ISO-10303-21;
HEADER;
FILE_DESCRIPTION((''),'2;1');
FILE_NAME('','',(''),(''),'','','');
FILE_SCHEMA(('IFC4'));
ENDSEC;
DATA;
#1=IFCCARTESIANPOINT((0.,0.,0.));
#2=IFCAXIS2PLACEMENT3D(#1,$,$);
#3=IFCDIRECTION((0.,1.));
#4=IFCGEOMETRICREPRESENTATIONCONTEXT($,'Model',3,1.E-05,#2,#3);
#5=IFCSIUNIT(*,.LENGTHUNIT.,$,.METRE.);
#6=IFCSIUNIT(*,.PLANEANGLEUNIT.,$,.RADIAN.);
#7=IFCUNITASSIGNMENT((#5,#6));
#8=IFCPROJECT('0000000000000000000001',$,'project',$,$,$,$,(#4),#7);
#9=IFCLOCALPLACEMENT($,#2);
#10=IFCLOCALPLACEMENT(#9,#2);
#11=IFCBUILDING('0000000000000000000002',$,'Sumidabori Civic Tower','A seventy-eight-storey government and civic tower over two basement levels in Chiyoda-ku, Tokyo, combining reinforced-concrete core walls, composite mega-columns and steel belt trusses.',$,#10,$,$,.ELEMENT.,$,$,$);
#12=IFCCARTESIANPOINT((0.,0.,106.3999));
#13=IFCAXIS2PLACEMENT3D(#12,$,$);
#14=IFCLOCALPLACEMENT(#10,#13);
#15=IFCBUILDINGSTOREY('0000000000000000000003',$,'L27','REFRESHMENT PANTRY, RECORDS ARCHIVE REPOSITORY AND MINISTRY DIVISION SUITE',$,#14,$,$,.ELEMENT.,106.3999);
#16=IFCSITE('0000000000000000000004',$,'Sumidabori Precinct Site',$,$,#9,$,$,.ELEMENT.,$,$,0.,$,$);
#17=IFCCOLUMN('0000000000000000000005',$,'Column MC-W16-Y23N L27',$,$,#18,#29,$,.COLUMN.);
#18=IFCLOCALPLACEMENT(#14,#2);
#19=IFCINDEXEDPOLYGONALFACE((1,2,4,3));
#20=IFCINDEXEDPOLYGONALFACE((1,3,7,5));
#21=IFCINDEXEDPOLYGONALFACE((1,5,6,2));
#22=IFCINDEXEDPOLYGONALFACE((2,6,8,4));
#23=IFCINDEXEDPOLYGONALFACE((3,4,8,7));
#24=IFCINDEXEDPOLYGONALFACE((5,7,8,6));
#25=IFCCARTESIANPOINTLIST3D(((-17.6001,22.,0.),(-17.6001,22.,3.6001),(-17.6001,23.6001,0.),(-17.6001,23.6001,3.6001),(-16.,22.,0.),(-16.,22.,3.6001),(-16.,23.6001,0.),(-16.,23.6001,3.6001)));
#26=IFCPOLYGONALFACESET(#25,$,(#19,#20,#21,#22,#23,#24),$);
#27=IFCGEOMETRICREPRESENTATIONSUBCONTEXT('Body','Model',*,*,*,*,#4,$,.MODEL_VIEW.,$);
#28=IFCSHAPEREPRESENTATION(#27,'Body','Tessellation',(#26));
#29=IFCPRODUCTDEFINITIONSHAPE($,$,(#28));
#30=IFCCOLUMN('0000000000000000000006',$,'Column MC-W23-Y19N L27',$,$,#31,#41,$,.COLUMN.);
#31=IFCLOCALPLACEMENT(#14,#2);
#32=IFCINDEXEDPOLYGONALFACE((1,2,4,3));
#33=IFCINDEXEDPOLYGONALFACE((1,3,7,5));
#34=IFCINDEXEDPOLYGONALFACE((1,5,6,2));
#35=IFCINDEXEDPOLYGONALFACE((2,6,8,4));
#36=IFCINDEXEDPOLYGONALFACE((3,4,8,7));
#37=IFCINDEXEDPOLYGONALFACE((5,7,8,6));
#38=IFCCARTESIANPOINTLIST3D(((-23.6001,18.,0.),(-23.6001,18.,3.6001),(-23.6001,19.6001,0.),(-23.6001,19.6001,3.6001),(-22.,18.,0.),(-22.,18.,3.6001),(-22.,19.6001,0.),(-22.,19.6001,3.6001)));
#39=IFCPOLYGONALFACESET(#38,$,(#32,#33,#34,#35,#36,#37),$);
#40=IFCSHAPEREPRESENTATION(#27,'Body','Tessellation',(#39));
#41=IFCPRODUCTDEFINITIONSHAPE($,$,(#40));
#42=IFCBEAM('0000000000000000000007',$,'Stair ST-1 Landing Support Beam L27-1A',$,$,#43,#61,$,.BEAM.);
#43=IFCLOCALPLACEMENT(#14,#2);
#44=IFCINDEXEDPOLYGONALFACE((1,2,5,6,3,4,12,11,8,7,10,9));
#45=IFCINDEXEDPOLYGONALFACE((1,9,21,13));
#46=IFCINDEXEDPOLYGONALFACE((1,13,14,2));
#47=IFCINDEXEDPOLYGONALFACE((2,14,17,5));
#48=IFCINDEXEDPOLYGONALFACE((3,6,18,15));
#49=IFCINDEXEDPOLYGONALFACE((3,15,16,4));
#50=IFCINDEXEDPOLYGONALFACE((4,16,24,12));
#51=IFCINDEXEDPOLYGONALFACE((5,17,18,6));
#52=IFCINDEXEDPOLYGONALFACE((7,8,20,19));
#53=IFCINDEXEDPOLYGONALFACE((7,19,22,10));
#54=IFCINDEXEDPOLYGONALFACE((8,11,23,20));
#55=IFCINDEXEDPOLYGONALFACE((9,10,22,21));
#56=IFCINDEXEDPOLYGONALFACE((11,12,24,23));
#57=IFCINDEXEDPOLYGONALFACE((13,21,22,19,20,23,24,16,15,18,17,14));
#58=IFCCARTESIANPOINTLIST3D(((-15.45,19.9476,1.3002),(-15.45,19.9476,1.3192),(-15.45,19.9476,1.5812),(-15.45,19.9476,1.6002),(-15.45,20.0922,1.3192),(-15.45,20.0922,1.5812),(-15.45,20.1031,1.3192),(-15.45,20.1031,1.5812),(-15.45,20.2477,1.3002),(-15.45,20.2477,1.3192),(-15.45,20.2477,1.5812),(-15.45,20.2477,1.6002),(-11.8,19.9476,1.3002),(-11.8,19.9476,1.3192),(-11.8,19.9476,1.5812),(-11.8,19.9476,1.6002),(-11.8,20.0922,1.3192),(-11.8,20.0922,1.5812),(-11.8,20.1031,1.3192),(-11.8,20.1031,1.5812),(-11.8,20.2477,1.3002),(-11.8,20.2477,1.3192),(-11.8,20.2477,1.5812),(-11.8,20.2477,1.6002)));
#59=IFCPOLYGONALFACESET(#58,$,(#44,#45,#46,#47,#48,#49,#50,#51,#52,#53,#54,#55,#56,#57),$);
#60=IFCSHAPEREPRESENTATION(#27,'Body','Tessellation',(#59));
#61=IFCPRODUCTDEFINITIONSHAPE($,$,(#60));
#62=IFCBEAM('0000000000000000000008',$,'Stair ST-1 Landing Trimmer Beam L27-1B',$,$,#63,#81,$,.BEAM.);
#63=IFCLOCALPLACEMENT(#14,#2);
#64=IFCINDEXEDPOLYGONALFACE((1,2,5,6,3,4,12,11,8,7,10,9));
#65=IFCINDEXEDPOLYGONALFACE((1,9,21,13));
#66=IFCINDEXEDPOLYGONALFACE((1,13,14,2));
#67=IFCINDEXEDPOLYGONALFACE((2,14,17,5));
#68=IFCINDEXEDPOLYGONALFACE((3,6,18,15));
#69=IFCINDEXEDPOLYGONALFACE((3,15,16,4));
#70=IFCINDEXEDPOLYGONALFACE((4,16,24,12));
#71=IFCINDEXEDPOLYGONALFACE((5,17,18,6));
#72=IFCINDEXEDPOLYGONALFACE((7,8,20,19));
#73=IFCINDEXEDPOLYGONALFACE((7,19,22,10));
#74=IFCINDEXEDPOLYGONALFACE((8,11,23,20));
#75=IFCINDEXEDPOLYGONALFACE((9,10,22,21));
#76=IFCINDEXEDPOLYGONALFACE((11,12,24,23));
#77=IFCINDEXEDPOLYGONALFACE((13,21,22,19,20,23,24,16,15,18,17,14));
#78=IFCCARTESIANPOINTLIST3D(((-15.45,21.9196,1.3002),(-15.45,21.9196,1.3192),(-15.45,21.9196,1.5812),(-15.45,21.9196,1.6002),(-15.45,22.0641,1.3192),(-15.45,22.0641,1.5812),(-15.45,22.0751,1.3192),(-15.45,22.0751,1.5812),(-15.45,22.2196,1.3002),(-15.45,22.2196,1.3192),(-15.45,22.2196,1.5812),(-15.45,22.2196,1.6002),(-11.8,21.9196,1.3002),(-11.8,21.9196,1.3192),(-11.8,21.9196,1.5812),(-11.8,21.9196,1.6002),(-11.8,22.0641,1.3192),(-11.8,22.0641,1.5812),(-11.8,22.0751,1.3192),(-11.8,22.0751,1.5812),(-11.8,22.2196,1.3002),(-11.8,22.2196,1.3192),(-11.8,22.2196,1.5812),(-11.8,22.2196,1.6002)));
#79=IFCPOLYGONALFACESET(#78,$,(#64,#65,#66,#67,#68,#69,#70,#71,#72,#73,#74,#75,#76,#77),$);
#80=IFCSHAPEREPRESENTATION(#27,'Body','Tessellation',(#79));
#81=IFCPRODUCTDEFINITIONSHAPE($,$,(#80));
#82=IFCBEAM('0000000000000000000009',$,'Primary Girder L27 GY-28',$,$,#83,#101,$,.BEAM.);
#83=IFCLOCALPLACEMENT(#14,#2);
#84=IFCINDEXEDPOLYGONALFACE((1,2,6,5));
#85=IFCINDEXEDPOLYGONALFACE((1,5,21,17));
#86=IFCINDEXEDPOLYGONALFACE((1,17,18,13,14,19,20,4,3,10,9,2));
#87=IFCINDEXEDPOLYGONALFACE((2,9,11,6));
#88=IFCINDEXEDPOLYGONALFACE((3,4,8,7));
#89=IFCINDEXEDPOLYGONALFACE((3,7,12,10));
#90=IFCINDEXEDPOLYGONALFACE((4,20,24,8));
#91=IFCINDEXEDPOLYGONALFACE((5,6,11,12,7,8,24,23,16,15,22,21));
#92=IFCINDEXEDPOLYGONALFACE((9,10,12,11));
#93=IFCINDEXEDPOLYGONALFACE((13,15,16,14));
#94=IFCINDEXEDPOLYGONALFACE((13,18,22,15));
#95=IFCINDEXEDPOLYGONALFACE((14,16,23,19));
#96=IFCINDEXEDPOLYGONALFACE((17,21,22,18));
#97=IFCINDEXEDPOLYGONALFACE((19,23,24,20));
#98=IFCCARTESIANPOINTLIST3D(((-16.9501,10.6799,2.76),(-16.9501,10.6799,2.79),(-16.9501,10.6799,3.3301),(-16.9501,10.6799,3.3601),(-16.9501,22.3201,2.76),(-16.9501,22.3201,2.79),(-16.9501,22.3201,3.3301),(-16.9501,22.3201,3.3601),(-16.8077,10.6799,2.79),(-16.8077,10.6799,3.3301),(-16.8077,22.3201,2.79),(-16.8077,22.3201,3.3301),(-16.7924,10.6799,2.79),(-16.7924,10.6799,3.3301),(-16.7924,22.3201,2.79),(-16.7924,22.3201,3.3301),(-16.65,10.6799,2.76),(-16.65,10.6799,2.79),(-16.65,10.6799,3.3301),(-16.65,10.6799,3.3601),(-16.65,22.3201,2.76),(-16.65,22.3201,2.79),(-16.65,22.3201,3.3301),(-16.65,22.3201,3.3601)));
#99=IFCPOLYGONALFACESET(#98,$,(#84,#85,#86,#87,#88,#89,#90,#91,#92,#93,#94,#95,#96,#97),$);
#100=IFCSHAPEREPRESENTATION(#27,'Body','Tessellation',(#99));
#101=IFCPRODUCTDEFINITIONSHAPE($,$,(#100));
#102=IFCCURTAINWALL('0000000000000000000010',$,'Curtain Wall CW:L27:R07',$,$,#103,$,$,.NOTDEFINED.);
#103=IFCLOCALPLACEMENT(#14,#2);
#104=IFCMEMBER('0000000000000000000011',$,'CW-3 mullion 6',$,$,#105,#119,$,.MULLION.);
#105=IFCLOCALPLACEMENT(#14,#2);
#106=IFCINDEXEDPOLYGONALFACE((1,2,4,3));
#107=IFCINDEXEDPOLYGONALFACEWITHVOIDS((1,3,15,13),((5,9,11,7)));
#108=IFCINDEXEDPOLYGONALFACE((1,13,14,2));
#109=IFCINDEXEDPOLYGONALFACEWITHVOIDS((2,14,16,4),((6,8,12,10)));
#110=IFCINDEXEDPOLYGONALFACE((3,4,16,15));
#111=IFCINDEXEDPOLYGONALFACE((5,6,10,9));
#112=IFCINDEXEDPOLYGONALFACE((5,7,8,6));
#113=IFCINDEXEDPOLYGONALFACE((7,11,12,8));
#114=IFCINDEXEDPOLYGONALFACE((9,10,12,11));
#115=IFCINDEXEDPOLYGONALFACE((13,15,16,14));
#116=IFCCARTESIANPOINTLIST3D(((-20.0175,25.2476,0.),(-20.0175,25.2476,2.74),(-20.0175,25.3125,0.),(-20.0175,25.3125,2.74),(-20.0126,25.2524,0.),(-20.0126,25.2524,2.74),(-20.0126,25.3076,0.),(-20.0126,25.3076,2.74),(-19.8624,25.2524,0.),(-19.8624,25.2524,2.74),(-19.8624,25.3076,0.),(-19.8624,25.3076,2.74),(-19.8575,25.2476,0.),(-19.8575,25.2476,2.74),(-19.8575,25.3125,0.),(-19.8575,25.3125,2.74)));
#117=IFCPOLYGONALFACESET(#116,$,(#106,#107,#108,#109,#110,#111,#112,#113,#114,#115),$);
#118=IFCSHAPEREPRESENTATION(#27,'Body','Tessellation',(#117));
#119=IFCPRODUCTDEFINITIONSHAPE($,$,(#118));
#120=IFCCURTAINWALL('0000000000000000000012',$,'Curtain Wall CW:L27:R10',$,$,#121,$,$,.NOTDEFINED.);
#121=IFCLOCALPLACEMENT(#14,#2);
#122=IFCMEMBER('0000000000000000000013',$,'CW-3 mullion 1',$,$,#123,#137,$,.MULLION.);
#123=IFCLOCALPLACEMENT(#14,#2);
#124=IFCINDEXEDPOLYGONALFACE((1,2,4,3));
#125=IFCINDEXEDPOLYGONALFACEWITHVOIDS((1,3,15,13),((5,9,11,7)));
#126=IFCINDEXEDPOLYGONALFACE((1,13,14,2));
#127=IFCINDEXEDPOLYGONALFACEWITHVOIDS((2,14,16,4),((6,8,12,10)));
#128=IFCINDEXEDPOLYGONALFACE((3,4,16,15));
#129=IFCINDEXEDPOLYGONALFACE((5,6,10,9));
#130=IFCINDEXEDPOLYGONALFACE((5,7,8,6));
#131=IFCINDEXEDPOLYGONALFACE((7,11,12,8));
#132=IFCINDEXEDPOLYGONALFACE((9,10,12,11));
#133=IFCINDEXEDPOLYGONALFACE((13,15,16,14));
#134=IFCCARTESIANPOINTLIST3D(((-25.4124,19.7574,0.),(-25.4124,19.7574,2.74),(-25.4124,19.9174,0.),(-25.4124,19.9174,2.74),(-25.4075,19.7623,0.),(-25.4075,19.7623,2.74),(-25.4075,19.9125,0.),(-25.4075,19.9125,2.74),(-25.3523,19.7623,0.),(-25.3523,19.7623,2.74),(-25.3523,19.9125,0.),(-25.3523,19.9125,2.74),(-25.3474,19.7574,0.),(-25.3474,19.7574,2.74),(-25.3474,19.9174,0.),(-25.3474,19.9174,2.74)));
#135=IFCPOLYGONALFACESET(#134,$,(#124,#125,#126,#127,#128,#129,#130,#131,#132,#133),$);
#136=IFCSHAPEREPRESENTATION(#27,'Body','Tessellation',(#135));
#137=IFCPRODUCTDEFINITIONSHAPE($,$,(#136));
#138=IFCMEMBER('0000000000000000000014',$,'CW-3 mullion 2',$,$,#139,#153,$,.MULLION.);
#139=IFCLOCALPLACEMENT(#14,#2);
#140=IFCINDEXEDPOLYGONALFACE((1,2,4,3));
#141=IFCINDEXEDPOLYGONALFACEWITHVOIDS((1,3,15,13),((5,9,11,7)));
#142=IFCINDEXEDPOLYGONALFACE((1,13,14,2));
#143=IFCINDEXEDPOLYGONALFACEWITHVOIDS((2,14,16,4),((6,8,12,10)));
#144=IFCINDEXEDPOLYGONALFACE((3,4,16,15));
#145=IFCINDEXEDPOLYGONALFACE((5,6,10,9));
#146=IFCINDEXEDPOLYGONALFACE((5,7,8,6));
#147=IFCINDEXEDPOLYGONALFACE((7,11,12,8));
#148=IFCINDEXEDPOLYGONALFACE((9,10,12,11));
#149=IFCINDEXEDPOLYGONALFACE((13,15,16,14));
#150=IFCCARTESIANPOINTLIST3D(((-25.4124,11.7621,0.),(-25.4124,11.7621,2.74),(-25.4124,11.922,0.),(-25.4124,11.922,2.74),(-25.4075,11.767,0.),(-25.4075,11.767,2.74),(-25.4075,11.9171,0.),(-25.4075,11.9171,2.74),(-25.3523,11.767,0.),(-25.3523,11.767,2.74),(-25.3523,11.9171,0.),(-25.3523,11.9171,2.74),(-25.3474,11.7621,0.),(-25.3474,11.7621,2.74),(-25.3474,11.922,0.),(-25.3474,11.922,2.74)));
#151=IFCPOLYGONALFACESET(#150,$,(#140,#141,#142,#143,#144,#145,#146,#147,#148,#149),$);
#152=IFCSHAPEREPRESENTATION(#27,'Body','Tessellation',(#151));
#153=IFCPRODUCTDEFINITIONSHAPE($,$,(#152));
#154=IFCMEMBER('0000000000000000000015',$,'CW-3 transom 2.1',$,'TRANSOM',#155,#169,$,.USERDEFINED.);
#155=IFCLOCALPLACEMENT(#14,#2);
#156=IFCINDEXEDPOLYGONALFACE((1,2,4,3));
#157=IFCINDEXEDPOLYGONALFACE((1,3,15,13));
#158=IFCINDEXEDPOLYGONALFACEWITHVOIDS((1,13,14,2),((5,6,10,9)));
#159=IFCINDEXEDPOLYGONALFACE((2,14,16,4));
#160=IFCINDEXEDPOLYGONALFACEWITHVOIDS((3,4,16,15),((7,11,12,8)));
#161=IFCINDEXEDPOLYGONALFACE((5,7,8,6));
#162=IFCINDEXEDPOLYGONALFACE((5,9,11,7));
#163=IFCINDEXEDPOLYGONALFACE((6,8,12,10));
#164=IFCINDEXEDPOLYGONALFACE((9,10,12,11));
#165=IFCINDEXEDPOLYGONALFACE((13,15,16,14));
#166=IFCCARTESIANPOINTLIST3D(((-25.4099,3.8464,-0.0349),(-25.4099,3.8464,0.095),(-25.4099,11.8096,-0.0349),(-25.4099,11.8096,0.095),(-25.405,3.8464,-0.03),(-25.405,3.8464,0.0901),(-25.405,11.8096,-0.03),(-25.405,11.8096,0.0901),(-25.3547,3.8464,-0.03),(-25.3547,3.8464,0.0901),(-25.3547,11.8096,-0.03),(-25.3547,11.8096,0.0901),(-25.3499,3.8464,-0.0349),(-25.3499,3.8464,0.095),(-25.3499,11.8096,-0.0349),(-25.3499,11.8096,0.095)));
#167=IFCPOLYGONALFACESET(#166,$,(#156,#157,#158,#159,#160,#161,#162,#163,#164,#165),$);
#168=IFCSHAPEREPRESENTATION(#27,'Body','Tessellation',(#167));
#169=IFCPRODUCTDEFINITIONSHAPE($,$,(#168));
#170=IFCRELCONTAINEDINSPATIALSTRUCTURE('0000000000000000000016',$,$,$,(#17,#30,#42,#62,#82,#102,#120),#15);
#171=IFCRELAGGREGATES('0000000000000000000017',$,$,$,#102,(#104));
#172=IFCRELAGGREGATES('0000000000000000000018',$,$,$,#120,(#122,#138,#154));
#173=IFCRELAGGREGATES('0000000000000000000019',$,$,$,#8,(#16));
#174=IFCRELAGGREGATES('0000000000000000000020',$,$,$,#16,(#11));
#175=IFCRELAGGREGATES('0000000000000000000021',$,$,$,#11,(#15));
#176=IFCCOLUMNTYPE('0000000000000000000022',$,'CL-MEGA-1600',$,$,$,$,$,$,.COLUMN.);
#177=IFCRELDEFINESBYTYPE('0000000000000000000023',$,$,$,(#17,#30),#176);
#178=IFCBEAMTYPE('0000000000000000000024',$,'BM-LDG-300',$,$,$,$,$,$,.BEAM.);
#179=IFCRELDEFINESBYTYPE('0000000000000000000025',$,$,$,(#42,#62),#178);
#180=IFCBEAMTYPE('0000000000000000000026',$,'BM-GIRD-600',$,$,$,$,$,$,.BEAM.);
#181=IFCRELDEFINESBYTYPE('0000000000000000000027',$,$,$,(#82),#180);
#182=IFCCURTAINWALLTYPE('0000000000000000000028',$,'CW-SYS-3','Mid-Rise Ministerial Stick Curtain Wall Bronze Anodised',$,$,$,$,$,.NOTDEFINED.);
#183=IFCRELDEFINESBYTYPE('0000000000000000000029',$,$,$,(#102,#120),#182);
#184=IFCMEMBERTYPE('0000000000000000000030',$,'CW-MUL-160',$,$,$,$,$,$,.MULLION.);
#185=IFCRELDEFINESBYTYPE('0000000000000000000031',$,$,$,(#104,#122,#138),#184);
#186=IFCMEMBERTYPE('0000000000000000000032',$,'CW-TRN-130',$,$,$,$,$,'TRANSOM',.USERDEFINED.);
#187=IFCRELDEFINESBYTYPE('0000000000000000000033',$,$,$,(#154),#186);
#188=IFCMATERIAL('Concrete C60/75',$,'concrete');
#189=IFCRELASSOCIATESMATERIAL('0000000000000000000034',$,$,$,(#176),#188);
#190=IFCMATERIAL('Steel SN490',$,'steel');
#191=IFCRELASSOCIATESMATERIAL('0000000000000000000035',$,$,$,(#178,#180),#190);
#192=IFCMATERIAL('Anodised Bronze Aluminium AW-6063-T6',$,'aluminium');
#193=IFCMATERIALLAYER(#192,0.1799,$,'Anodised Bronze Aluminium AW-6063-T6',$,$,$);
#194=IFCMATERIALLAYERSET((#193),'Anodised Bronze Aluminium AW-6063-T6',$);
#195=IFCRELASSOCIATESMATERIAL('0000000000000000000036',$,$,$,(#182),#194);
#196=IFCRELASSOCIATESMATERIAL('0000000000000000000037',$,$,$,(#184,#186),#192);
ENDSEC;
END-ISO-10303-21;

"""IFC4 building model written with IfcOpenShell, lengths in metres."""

from ifc_helpers import new_model, si_unit, direction, frame, origin, origin_2d, place, context, subcontext, project, spatial, rectangle, hollow_rectangle, i_section, extrude, source, transform, mapped, material, layer, layer_set, material_profile, profile_set, type_object, element, aggregate, save


model = new_model("IFC4")

# Units and contexts
model_context = context("Model", 3, precision=1e-05, world=origin(), true_north=direction((0.0, 1.0)))
body_context = subcontext(model_context, "Body", "Model", "MODEL_VIEW")
ifc_project = project(units=[si_unit("LENGTHUNIT", "METRE"), si_unit("PLANEANGLEUNIT", "RADIAN")], contexts=[model_context])

# Site, building, storey
site_placement = place(None, origin())
site = spatial("IfcSite", under=ifc_project, at=site_placement, Name="Sumidabori Precinct Site", CompositionType="ELEMENT", RefElevation=0.0)
building_placement = place(site_placement, origin())
building = spatial("IfcBuilding", under=site, at=building_placement, Name="Sumidabori Civic Tower", Description="A seventy-eight-storey government and civic tower over two basement levels in Chiyoda-ku, Tokyo, combining reinforced-concrete core walls, composite mega-columns and steel belt trusses.", CompositionType="ELEMENT")
storey_placement = place(building_placement, frame((0.0, 0.0, 106.3999)))
storey = spatial("IfcBuildingStorey", under=building, at=storey_placement, Name="L27", Description="REFRESHMENT PANTRY, RECORDS ARCHIVE REPOSITORY AND MINISTRY DIVISION SUITE", CompositionType="ELEMENT", Elevation=106.3999)

# Columns
ifc_material_1 = material(Name="Concrete C60/75", Category="concrete")
ifc_material_profile_1 = material_profile(ifc_material_1, rectangle(XDim=1.6001, YDim=1.6001, at=origin_2d()), Name="RC 1600x1600")
ifc_profile_set_1 = profile_set([ifc_material_profile_1], Name="Concrete C60/75")
column_type = type_object("IfcColumnType", Name="CL-MEGA-1600", PredefinedType="COLUMN", material=ifc_profile_set_1)
shared_shape_1 = source(origin(), body_context, "Body", "SweptSolid", [
    extrude(rectangle(XDim=1.6001, YDim=1.6001, at=origin_2d()), origin(), (0.0, 0.0, 1.0), 3.6001),
])
for number, where, z_axis, x_axis, name in (
    (1, (-16.8, 22.8, 0.0), (0.0, 0.0, 1.0), (1.0, 0.0, 0.0), "Column MC-W16-Y23N L27"),
    (2, (-22.8, 18.8, 0.0), (0.0, 0.0, 1.0), (1.0, 0.0, 0.0), "Column MC-W23-Y19N L27"),
):
    element("IfcColumn", number, at=place(storey_placement, frame(where, z_axis=z_axis, x_axis=x_axis)), inside=storey, type_object=column_type, Name=name, PredefinedType="COLUMN", context=body_context, shape_type="MappedRepresentation", body=[
        mapped(shared_shape_1, transform((0.0, 0.0, 0.0), x_axis=(1.0, 0.0, 0.0), y_axis=(0.0, 1.0, 0.0), z_axis=(0.0, 0.0, 1.0), scale=1.0)),
    ])

# Beams
ifc_material_2 = material(Name="Steel SN490", Category="steel")
ifc_material_profile_2 = material_profile(ifc_material_2, i_section(OverallWidth=0.3, OverallDepth=0.3, WebThickness=0.011, FlangeThickness=0.019, at=origin_2d()), Name="HE 300 B")
ifc_profile_set_2 = profile_set([ifc_material_profile_2], Name="Steel SN490")
beam_type_1 = type_object("IfcBeamType", Name="BM-LDG-300", PredefinedType="BEAM", material=ifc_profile_set_2)
shared_shape_2 = source(origin(), body_context, "Body", "SweptSolid", [
    extrude(i_section(OverallWidth=0.3, OverallDepth=0.3, WebThickness=0.011, FlangeThickness=0.019, at=origin_2d()), origin(), (0.0, 0.0, 1.0), 3.6499),
])
for number, where, z_axis, x_axis, name in (
    (3, (-15.45, 20.0977, 1.4502), (1.0, 0.0, 0.0), (0.0, 1.0, 0.0), "Stair ST-1 Landing Support Beam L27-1A"),
    (4, (-15.45, 22.0696, 1.4502), (1.0, 0.0, 0.0), (0.0, 1.0, 0.0), "Stair ST-1 Landing Trimmer Beam L27-1B"),
):
    element("IfcBeam", number, at=place(storey_placement, frame(where, z_axis=z_axis, x_axis=x_axis)), inside=storey, type_object=beam_type_1, Name=name, PredefinedType="BEAM", context=body_context, shape_type="MappedRepresentation", body=[
        mapped(shared_shape_2, transform((0.0, 0.0, 0.0), x_axis=(1.0, 0.0, 0.0), y_axis=(0.0, 1.0, 0.0), z_axis=(0.0, 0.0, 1.0), scale=1.0)),
    ])
ifc_material_profile_3 = material_profile(ifc_material_2, i_section(OverallWidth=0.3, OverallDepth=0.6001, WebThickness=0.0154, FlangeThickness=0.03, at=origin_2d()), Name="HE 600 B")
ifc_profile_set_3 = profile_set([ifc_material_profile_3], Name="Steel SN490")
beam_type_2 = type_object("IfcBeamType", Name="BM-GIRD-600", PredefinedType="BEAM", material=ifc_profile_set_3)
shared_shape_3 = source(origin(), body_context, "Body", "SweptSolid", [
    extrude(i_section(OverallWidth=0.3, OverallDepth=0.6001, WebThickness=0.0154, FlangeThickness=0.03, at=origin_2d()), origin(), (0.0, 0.0, 1.0), 11.6401),
])
beam_placement = place(storey_placement, frame((-16.8, 10.6799, 3.0601), z_axis=(0.0, 1.0, 0.0), x_axis=(-1.0, 0.0, 0.0)))
element("IfcBeam", 5, at=beam_placement, inside=storey, type_object=beam_type_2, Name="Primary Girder L27 GY-28", PredefinedType="BEAM", context=body_context, shape_type="MappedRepresentation", body=[
    mapped(shared_shape_3, transform((0.0, 0.0, 0.0), x_axis=(1.0, 0.0, 0.0), y_axis=(0.0, 1.0, 0.0), z_axis=(0.0, 0.0, 1.0), scale=1.0)),
])

# Curtain wall, member
ifc_material_3 = material(Name="Anodised Bronze Aluminium AW-6063-T6", Category="aluminium")
ifc_layer_1 = layer(ifc_material_3, 0.1799, Name="Anodised Bronze Aluminium AW-6063-T6")
ifc_layer_set_1 = layer_set([ifc_layer_1], Name="Anodised Bronze Aluminium AW-6063-T6")
curtain_wall_type = type_object("IfcCurtainWallType", Name="CW-SYS-3", Description="Mid-Rise Ministerial Stick Curtain Wall Bronze Anodised", PredefinedType="NOTDEFINED", material=ifc_layer_set_1)
curtain_wall_1_placement = place(storey_placement, origin())
curtain_wall_1 = element("IfcCurtainWall", 6, at=curtain_wall_1_placement, inside=storey, type_object=curtain_wall_type, Name="Curtain Wall CW:L27:R07", PredefinedType="NOTDEFINED")
ifc_material_profile_4 = material_profile(ifc_material_3, hollow_rectangle(XDim=0.0649, YDim=0.1599, WallThickness=0.0049, at=origin_2d()), Name="ALU MULLION 160x65")
ifc_profile_set_4 = profile_set([ifc_material_profile_4], Name="Anodised Bronze Aluminium AW-6063-T6")
member_type_1 = type_object("IfcMemberType", Name="CW-MUL-160", PredefinedType="MULLION", material=ifc_profile_set_4)
shared_shape_4 = source(origin(), body_context, "Body", "SweptSolid", [
    extrude(hollow_rectangle(XDim=0.0649, YDim=0.1599, WallThickness=0.0049, at=origin_2d()), origin(), (0.0, 0.0, 1.0), 2.74),
])
member_1_placement = place(storey_placement, frame((-19.9375, 25.28, 0.0), z_axis=(0.0, 0.0, 1.0), x_axis=(0.0, -1.0, 0.0)))
member_1 = element("IfcMember", 7, at=member_1_placement, type_object=member_type_1, Name="CW-3 mullion 6", PredefinedType="MULLION", context=body_context, shape_type="MappedRepresentation", body=[
    mapped(shared_shape_4, transform((0.0, 0.0, 0.0), x_axis=(1.0, 0.0, 0.0), y_axis=(0.0, 1.0, 0.0), z_axis=(0.0, 0.0, 1.0), scale=1.0)),
])

# Curtain wall, members
curtain_wall_2_placement = place(storey_placement, origin())
curtain_wall_2 = element("IfcCurtainWall", 8, at=curtain_wall_2_placement, inside=storey, type_object=curtain_wall_type, Name="Curtain Wall CW:L27:R10", PredefinedType="NOTDEFINED")
member_2_placement = place(storey_placement, frame((-25.3799, 19.8374, 0.0), z_axis=(0.0, 0.0, 1.0), x_axis=(1.0, 0.0, 0.0)))
member_2 = element("IfcMember", 9, at=member_2_placement, type_object=member_type_1, Name="CW-3 mullion 1", PredefinedType="MULLION", context=body_context, shape_type="MappedRepresentation", body=[
    mapped(shared_shape_4, transform((0.0, 0.0, 0.0), x_axis=(1.0, 0.0, 0.0), y_axis=(0.0, 1.0, 0.0), z_axis=(0.0, 0.0, 1.0), scale=1.0)),
])
member_3_placement = place(storey_placement, frame((-25.3799, 11.842, 0.0), z_axis=(0.0, 0.0, 1.0), x_axis=(1.0, 0.0, 0.0)))
member_3 = element("IfcMember", 10, at=member_3_placement, type_object=member_type_1, Name="CW-3 mullion 2", PredefinedType="MULLION", context=body_context, shape_type="MappedRepresentation", body=[
    mapped(shared_shape_4, transform((0.0, 0.0, 0.0), x_axis=(1.0, 0.0, 0.0), y_axis=(0.0, 1.0, 0.0), z_axis=(0.0, 0.0, 1.0), scale=1.0)),
])
ifc_material_profile_5 = material_profile(ifc_material_3, hollow_rectangle(XDim=0.0601, YDim=0.1299, WallThickness=0.0049, at=origin_2d()), Name="ALU TRANSOM 130x60")
ifc_profile_set_5 = profile_set([ifc_material_profile_5], Name="Anodised Bronze Aluminium AW-6063-T6")
member_type_2 = type_object("IfcMemberType", Name="CW-TRN-130", ElementType="TRANSOM", PredefinedType="USERDEFINED", material=ifc_profile_set_5)
shared_shape_5 = source(origin(), body_context, "Body", "SweptSolid", [
    extrude(hollow_rectangle(XDim=0.0601, YDim=0.1299, WallThickness=0.0049, at=origin_2d()), origin(), (0.0, 0.0, 1.0), 7.9631),
])
member_4_placement = place(storey_placement, frame((-25.3799, 11.8096, 0.03), z_axis=(0.0, -1.0, 0.0), x_axis=(1.0, 0.0, 0.0)))
member_4 = element("IfcMember", 11, at=member_4_placement, type_object=member_type_2, Name="CW-3 transom 2.1", ObjectType="TRANSOM", PredefinedType="USERDEFINED", context=body_context, shape_type="MappedRepresentation", body=[
    mapped(shared_shape_5, transform((0.0, 0.0, 0.0), x_axis=(1.0, 0.0, 0.0), y_axis=(0.0, 1.0, 0.0), z_axis=(0.0, 0.0, 1.0), scale=1.0)),
])

aggregate(curtain_wall_1, [member_1])
aggregate(curtain_wall_2, [member_2, member_3, member_4])

save(model, "model.ifc")
